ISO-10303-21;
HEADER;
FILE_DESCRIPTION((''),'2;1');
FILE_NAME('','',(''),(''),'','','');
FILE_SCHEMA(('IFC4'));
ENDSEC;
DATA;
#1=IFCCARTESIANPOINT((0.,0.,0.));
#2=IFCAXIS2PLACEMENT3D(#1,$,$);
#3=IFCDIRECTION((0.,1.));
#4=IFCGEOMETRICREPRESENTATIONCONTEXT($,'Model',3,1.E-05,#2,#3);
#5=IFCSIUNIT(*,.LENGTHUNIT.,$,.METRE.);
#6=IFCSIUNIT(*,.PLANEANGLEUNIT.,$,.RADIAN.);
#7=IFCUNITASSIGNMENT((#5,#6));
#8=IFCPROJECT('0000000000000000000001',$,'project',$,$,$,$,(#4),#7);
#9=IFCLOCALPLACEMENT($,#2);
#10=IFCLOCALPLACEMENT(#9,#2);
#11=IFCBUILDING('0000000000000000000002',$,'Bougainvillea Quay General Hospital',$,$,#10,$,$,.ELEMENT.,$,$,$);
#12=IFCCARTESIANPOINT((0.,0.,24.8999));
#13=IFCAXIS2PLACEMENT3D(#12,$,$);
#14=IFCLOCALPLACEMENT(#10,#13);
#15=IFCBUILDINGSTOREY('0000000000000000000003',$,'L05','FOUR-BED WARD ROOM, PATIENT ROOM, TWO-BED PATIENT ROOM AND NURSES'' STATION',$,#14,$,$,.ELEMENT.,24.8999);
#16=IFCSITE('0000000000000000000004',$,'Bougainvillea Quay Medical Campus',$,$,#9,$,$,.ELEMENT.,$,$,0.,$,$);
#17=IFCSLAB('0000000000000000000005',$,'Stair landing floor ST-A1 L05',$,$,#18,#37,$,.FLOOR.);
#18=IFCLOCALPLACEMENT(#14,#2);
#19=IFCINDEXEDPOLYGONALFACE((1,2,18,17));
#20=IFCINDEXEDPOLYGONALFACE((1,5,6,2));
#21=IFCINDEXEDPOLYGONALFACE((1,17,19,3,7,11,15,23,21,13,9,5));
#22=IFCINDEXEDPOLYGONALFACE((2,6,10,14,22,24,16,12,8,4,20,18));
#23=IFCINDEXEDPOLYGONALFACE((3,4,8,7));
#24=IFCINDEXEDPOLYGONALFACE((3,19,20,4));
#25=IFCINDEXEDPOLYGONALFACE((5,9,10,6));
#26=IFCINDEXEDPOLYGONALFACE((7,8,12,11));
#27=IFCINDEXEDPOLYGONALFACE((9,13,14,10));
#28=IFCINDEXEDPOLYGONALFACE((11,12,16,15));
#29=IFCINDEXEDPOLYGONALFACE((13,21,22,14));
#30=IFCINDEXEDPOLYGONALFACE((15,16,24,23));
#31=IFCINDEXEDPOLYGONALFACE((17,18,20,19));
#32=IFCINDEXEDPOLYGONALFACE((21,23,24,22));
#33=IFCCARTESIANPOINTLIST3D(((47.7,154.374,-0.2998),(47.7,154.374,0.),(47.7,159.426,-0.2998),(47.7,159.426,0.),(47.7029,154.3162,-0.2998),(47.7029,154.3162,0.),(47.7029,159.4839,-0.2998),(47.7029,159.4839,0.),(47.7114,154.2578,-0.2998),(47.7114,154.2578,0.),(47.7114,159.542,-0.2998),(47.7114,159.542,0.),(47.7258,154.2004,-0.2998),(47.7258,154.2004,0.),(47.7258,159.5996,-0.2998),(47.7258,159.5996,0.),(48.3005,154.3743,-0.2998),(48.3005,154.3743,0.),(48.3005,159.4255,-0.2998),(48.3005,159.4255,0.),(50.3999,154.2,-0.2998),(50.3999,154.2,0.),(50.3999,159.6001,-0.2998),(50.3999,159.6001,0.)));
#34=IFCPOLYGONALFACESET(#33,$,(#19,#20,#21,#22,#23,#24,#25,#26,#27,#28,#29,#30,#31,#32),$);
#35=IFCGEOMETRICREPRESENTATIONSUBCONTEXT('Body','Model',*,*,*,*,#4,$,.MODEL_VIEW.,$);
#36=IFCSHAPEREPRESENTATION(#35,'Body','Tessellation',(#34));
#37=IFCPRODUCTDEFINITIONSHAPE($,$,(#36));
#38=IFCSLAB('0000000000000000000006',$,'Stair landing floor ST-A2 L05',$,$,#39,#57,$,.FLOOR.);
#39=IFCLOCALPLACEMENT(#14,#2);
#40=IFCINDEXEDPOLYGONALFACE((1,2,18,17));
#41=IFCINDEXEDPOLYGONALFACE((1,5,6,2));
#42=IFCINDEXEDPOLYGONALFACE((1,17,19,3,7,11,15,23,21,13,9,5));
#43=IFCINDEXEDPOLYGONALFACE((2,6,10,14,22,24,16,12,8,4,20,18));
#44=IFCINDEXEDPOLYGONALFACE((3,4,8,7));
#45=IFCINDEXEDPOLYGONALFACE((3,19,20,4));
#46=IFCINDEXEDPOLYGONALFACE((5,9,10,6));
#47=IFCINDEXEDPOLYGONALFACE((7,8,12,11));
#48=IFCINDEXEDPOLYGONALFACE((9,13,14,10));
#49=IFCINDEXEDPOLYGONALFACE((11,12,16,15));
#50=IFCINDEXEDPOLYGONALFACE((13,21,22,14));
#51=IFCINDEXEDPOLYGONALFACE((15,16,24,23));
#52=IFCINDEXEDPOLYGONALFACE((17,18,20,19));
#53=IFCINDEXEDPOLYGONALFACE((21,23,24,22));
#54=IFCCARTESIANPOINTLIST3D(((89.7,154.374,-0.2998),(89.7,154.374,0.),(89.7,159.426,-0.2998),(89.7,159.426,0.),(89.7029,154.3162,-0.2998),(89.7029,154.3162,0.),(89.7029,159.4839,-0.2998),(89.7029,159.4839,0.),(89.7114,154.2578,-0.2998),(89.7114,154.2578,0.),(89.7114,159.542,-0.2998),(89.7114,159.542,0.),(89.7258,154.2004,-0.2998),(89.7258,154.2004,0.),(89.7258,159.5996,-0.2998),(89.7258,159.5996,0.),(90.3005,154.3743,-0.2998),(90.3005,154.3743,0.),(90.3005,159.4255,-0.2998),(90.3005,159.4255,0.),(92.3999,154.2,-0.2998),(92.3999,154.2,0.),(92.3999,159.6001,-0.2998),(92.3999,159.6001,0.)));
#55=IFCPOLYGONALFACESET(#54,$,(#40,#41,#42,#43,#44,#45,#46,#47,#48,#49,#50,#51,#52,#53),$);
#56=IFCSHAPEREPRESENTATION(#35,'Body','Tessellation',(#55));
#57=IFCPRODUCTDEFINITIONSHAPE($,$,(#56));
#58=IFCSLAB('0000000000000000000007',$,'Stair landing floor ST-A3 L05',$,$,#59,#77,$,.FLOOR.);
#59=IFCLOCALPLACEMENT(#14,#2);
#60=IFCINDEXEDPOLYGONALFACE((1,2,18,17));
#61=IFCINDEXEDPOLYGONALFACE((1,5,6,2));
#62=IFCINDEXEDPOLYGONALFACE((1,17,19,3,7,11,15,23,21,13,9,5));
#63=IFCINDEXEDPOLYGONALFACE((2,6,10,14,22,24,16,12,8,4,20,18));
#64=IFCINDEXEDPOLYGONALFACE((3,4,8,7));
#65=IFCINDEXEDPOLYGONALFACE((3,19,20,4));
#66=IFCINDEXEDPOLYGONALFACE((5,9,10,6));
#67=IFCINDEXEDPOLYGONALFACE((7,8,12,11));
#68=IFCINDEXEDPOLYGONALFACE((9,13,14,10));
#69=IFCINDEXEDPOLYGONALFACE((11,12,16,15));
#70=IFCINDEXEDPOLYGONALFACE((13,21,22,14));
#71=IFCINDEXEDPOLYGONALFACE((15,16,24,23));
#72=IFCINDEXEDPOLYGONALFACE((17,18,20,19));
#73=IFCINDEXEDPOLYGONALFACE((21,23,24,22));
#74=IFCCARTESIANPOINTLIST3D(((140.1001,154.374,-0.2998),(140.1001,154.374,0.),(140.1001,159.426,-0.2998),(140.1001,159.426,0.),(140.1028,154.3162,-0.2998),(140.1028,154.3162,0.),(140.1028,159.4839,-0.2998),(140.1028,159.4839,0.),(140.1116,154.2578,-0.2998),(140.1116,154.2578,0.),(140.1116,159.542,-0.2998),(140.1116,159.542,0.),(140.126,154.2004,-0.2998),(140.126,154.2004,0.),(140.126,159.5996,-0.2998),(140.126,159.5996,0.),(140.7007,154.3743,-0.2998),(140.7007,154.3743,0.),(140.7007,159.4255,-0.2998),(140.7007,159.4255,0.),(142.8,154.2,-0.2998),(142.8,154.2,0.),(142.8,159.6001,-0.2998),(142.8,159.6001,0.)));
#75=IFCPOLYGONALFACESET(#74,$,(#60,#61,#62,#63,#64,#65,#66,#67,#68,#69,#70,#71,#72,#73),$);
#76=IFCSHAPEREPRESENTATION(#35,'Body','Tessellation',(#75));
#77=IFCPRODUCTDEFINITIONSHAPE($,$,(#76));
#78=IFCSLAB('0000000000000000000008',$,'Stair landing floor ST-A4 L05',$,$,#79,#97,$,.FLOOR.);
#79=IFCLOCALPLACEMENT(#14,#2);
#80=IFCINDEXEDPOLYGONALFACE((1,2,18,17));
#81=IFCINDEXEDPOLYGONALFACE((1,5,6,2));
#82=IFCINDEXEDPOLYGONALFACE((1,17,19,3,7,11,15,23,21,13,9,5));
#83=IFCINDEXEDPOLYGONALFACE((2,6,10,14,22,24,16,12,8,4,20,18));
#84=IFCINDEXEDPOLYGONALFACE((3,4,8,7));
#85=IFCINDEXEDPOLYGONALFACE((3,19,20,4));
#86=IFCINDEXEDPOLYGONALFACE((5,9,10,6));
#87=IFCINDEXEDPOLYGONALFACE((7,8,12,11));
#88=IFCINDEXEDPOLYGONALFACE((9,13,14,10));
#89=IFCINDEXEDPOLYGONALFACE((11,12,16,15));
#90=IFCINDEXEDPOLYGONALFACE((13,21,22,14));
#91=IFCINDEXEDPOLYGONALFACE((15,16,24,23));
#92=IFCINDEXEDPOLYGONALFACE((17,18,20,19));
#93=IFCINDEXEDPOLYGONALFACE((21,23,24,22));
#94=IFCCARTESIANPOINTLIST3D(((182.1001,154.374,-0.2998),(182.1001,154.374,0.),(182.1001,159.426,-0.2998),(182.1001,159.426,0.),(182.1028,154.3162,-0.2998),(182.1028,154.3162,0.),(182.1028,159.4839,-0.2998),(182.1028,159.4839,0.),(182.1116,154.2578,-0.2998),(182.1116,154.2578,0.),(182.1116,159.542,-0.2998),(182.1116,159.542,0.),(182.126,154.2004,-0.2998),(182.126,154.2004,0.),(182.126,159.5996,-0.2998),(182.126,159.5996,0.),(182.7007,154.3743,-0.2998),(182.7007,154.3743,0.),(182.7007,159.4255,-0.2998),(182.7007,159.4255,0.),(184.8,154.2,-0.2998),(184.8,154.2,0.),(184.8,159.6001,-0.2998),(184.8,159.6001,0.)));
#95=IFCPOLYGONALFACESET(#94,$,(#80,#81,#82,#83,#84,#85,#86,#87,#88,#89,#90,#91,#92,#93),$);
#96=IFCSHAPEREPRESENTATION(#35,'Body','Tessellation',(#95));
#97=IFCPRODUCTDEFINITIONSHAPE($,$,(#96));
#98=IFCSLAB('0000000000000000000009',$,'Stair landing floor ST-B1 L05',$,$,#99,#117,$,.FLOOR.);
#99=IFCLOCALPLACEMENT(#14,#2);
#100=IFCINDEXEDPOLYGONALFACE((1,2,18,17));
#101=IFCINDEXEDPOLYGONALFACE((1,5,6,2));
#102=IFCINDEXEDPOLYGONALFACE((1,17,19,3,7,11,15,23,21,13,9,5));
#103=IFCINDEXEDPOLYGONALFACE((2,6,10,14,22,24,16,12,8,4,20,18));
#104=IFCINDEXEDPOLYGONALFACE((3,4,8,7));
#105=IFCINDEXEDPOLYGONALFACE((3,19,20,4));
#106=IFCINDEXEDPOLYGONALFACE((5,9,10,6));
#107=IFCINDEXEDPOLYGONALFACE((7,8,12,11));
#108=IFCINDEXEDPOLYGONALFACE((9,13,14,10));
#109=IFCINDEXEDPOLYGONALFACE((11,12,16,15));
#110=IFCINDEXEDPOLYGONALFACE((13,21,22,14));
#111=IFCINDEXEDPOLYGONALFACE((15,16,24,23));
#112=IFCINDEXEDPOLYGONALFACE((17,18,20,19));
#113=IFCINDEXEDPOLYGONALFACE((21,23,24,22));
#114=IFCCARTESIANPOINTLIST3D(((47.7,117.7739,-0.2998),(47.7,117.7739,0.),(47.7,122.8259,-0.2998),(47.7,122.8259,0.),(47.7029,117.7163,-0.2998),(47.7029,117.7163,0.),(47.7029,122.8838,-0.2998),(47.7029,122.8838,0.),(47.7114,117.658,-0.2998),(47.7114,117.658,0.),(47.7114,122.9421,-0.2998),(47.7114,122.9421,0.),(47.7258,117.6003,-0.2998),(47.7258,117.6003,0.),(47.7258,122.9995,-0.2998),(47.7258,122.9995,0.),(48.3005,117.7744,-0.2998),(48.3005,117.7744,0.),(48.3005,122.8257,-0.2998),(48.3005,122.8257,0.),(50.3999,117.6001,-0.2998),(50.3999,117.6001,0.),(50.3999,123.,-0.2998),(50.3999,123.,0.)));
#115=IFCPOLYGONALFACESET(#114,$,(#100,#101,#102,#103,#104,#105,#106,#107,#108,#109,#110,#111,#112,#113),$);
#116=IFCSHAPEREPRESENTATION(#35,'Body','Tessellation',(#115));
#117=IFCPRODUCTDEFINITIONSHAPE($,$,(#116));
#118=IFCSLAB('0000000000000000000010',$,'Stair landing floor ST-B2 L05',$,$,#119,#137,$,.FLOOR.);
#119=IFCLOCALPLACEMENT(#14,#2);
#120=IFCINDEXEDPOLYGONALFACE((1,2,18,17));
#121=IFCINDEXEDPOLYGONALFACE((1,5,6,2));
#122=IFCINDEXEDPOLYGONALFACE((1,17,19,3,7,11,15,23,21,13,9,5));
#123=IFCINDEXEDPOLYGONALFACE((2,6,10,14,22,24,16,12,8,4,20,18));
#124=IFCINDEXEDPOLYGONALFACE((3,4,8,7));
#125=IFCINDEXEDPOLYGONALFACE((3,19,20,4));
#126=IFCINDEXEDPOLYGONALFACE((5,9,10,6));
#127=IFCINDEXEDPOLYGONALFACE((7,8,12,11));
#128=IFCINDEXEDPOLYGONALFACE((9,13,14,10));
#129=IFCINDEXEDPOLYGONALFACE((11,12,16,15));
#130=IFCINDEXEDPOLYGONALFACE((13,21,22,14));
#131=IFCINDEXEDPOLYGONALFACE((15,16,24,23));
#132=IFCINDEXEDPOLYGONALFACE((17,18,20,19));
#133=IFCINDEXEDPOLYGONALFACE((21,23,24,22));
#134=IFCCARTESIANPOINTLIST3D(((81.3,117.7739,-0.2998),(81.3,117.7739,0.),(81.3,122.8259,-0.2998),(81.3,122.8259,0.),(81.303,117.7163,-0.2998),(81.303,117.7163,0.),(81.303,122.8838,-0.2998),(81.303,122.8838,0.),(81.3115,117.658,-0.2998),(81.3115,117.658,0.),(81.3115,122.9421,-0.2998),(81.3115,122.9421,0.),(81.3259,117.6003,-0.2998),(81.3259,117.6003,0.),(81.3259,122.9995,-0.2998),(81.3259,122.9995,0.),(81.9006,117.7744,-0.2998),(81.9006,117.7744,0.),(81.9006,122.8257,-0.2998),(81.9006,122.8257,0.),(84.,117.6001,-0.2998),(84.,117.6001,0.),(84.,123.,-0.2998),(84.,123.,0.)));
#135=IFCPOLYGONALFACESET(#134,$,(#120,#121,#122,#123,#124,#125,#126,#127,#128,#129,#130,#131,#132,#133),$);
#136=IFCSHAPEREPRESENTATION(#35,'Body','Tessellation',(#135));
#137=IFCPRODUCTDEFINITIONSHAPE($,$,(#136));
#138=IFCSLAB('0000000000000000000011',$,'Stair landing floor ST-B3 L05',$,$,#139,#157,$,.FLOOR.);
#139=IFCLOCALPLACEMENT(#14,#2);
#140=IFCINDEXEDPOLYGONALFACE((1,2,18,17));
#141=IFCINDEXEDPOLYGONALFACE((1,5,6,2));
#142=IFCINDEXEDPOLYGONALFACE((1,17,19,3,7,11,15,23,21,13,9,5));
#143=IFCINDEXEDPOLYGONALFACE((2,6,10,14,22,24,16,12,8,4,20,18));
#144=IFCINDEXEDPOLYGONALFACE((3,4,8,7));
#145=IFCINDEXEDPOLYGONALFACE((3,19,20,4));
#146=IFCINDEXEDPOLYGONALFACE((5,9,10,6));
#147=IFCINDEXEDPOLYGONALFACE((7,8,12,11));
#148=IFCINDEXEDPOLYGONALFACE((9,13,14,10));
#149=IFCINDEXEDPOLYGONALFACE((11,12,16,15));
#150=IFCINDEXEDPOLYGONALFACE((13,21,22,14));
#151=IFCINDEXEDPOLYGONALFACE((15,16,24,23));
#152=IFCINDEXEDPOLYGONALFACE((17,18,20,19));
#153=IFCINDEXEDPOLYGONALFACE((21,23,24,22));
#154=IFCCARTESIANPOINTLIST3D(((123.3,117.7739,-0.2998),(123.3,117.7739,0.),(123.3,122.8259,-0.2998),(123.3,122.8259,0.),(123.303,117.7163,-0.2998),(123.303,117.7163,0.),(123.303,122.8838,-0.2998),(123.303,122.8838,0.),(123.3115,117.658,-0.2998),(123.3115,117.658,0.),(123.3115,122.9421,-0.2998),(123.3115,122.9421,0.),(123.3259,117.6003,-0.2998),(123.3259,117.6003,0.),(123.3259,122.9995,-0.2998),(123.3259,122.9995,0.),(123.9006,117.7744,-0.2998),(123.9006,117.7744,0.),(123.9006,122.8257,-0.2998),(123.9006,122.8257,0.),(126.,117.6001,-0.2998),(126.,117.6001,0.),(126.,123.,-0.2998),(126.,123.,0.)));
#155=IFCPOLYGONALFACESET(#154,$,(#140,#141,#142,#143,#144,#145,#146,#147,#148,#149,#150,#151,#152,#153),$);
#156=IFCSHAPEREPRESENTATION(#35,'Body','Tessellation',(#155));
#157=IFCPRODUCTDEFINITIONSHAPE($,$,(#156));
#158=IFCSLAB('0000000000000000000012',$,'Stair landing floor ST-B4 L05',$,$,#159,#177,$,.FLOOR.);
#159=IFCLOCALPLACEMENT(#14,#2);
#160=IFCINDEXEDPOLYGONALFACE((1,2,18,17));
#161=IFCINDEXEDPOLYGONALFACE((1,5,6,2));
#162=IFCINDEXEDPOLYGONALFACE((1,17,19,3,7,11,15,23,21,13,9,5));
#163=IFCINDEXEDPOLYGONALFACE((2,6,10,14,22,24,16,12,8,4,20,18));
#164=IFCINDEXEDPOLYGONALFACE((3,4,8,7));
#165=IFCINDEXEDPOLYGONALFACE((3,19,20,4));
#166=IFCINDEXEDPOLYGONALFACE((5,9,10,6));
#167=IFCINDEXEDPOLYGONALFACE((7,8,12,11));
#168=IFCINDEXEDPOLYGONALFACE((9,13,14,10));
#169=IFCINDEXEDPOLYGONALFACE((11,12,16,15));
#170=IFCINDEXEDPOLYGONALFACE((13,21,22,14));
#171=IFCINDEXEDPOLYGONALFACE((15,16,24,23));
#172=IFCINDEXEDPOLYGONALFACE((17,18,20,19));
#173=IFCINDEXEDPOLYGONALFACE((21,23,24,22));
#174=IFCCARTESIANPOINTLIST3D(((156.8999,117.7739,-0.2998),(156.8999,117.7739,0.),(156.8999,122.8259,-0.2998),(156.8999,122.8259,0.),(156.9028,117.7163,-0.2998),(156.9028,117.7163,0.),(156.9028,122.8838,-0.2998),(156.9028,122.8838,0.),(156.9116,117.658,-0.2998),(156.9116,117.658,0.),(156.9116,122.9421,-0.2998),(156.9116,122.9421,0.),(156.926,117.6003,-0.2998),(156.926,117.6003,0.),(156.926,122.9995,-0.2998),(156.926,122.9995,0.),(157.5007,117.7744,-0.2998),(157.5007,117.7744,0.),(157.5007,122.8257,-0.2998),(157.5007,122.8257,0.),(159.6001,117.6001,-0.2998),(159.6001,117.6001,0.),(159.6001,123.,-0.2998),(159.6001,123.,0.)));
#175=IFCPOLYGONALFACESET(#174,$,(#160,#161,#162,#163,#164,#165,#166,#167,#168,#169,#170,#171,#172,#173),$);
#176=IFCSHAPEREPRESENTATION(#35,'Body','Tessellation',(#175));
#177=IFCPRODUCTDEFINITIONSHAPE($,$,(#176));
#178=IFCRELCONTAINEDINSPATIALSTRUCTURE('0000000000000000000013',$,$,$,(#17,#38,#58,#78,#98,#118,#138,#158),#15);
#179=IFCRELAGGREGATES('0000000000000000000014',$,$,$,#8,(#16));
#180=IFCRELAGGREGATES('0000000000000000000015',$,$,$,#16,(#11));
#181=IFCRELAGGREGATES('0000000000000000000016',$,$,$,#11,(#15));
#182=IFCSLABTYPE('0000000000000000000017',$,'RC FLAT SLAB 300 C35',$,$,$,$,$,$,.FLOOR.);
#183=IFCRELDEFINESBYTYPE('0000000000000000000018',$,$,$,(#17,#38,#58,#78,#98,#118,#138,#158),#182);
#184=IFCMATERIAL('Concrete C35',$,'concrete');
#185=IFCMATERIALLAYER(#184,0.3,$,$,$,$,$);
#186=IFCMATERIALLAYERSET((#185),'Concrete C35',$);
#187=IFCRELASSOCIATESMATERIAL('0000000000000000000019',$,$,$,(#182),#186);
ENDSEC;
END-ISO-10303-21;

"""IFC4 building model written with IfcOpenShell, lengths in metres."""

from ifc_helpers import new_model, si_unit, direction, frame, origin, place, context, subcontext, project, spatial, polyline, outline, extrude, material, layer, layer_set, type_object, element, save


model = new_model("IFC4")

# Units and contexts
model_context = context("Model", 3, precision=1e-05, world=origin(), true_north=direction((0.0, 1.0)))
body_context = subcontext(model_context, "Body", "Model", "MODEL_VIEW")
ifc_project = project(units=[si_unit("LENGTHUNIT", "METRE"), si_unit("PLANEANGLEUNIT", "RADIAN")], contexts=[model_context])

# Site, building, storey
site_placement = place(None, origin())
site = spatial("IfcSite", under=ifc_project, at=site_placement, Name="Bougainvillea Quay Medical Campus", CompositionType="ELEMENT", RefElevation=0.0)
building_placement = place(site_placement, origin())
building = spatial("IfcBuilding", under=site, at=building_placement, Name="Bougainvillea Quay General Hospital", CompositionType="ELEMENT")
storey_placement = place(building_placement, frame((0.0, 0.0, 24.8999)))
storey = spatial("IfcBuildingStorey", under=building, at=storey_placement, Name="L05", Description="FOUR-BED WARD ROOM, PATIENT ROOM, TWO-BED PATIENT ROOM AND NURSES' STATION", CompositionType="ELEMENT", Elevation=24.8999)

# Slabs
ifc_material_1 = material(Name="Concrete C35", Category="concrete")
ifc_layer_1 = layer(ifc_material_1, 0.3)
ifc_layer_set_1 = layer_set([ifc_layer_1], Name="Concrete C35")
slab_type_1 = type_object("IfcSlabType", Name="RC FLAT SLAB 300 C35", PredefinedType="FLOOR", material=ifc_layer_set_1)
slab_1_placement = place(storey_placement, frame((0.0, 0.0, -0.2998)))
element("IfcSlab", 1, at=slab_1_placement, inside=storey, type_object=slab_type_1, Name="Stair landing floor ST-A1 L05", PredefinedType="FLOOR", context=body_context, shape_type="SweptSolid", body=[
    extrude(outline(polyline([(47.7029, 159.4839), (47.7114, 159.542), (47.7258, 159.5996), (50.3999, 159.6001), (50.3999, 154.2), (47.7258, 154.2004), (47.7114, 154.2578), (47.7029, 154.3162), (47.7, 154.374), (48.3005, 154.3743), (48.3005, 159.4255), (47.7, 159.426), (47.7029, 159.4839)])), origin(), (0.0, 0.0, 1.0), 0.2998),
])
slab_2_placement = place(storey_placement, frame((0.0, 0.0, -0.2998)))
element("IfcSlab", 2, at=slab_2_placement, inside=storey, type_object=slab_type_1, Name="Stair landing floor ST-A2 L05", PredefinedType="FLOOR", context=body_context, shape_type="SweptSolid", body=[
    extrude(outline(polyline([(89.7029, 159.4839), (89.7114, 159.542), (89.7258, 159.5996), (92.3999, 159.6001), (92.3999, 154.2), (89.7258, 154.2004), (89.7114, 154.2578), (89.7029, 154.3162), (89.7, 154.374), (90.3005, 154.3743), (90.3005, 159.4255), (89.7, 159.426), (89.7029, 159.4839)])), origin(), (0.0, 0.0, 1.0), 0.2998),
])
slab_3_placement = place(storey_placement, frame((0.0, 0.0, -0.2998)))
element("IfcSlab", 3, at=slab_3_placement, inside=storey, type_object=slab_type_1, Name="Stair landing floor ST-A3 L05", PredefinedType="FLOOR", context=body_context, shape_type="SweptSolid", body=[
    extrude(outline(polyline([(140.1028, 159.4839), (140.1116, 159.542), (140.126, 159.5996), (142.8, 159.6001), (142.8, 154.2), (140.126, 154.2004), (140.1116, 154.2578), (140.1028, 154.3162), (140.1001, 154.374), (140.7007, 154.3743), (140.7007, 159.4255), (140.1001, 159.426), (140.1028, 159.4839)])), origin(), (0.0, 0.0, 1.0), 0.2998),
])
slab_4_placement = place(storey_placement, frame((0.0, 0.0, -0.2998)))
element("IfcSlab", 4, at=slab_4_placement, inside=storey, type_object=slab_type_1, Name="Stair landing floor ST-A4 L05", PredefinedType="FLOOR", context=body_context, shape_type="SweptSolid", body=[
    extrude(outline(polyline([(182.1028, 159.4839), (182.1116, 159.542), (182.126, 159.5996), (184.8, 159.6001), (184.8, 154.2), (182.126, 154.2004), (182.1116, 154.2578), (182.1028, 154.3162), (182.1001, 154.374), (182.7007, 154.3743), (182.7007, 159.4255), (182.1001, 159.426), (182.1028, 159.4839)])), origin(), (0.0, 0.0, 1.0), 0.2998),
])
slab_5_placement = place(storey_placement, frame((0.0, 0.0, -0.2998)))
element("IfcSlab", 5, at=slab_5_placement, inside=storey, type_object=slab_type_1, Name="Stair landing floor ST-B1 L05", PredefinedType="FLOOR", context=body_context, shape_type="SweptSolid", body=[
    extrude(outline(polyline([(47.7029, 122.8838), (47.7114, 122.9421), (47.7258, 122.9995), (50.3999, 123.0), (50.3999, 117.6001), (47.7258, 117.6003), (47.7114, 117.658), (47.7029, 117.7163), (47.7, 117.7739), (48.3005, 117.7744), (48.3005, 122.8257), (47.7, 122.8259), (47.7029, 122.8838)])), origin(), (0.0, 0.0, 1.0), 0.2998),
])
slab_6_placement = place(storey_placement, frame((0.0, 0.0, -0.2998)))
element("IfcSlab", 6, at=slab_6_placement, inside=storey, type_object=slab_type_1, Name="Stair landing floor ST-B2 L05", PredefinedType="FLOOR", context=body_context, shape_type="SweptSolid", body=[
    extrude(outline(polyline([(81.303, 122.8838), (81.3115, 122.9421), (81.3259, 122.9995), (84.0, 123.0), (84.0, 117.6001), (81.3259, 117.6003), (81.3115, 117.658), (81.303, 117.7163), (81.3, 117.7739), (81.9006, 117.7744), (81.9006, 122.8257), (81.3, 122.8259), (81.303, 122.8838)])), origin(), (0.0, 0.0, 1.0), 0.2998),
])
slab_7_placement = place(storey_placement, frame((0.0, 0.0, -0.2998)))
element("IfcSlab", 7, at=slab_7_placement, inside=storey, type_object=slab_type_1, Name="Stair landing floor ST-B3 L05", PredefinedType="FLOOR", context=body_context, shape_type="SweptSolid", body=[
    extrude(outline(polyline([(123.303, 122.8838), (123.3115, 122.9421), (123.3259, 122.9995), (126.0, 123.0), (126.0, 117.6001), (123.3259, 117.6003), (123.3115, 117.658), (123.303, 117.7163), (123.3, 117.7739), (123.9006, 117.7744), (123.9006, 122.8257), (123.3, 122.8259), (123.303, 122.8838)])), origin(), (0.0, 0.0, 1.0), 0.2998),
])
slab_8_placement = place(storey_placement, frame((0.0, 0.0, -0.2998)))
element("IfcSlab", 8, at=slab_8_placement, inside=storey, type_object=slab_type_1, Name="Stair landing floor ST-B4 L05", PredefinedType="FLOOR", context=body_context, shape_type="SweptSolid", body=[
    extrude(outline(polyline([(156.9028, 122.8838), (156.9116, 122.9421), (156.926, 122.9995), (159.6001, 123.0), (159.6001, 117.6001), (156.926, 117.6003), (156.9116, 117.658), (156.9028, 117.7163), (156.8999, 117.7739), (157.5007, 117.7744), (157.5007, 122.8257), (156.8999, 122.8259), (156.9028, 122.8838)])), origin(), (0.0, 0.0, 1.0), 0.2998),
])

save(model, "model.ifc")
